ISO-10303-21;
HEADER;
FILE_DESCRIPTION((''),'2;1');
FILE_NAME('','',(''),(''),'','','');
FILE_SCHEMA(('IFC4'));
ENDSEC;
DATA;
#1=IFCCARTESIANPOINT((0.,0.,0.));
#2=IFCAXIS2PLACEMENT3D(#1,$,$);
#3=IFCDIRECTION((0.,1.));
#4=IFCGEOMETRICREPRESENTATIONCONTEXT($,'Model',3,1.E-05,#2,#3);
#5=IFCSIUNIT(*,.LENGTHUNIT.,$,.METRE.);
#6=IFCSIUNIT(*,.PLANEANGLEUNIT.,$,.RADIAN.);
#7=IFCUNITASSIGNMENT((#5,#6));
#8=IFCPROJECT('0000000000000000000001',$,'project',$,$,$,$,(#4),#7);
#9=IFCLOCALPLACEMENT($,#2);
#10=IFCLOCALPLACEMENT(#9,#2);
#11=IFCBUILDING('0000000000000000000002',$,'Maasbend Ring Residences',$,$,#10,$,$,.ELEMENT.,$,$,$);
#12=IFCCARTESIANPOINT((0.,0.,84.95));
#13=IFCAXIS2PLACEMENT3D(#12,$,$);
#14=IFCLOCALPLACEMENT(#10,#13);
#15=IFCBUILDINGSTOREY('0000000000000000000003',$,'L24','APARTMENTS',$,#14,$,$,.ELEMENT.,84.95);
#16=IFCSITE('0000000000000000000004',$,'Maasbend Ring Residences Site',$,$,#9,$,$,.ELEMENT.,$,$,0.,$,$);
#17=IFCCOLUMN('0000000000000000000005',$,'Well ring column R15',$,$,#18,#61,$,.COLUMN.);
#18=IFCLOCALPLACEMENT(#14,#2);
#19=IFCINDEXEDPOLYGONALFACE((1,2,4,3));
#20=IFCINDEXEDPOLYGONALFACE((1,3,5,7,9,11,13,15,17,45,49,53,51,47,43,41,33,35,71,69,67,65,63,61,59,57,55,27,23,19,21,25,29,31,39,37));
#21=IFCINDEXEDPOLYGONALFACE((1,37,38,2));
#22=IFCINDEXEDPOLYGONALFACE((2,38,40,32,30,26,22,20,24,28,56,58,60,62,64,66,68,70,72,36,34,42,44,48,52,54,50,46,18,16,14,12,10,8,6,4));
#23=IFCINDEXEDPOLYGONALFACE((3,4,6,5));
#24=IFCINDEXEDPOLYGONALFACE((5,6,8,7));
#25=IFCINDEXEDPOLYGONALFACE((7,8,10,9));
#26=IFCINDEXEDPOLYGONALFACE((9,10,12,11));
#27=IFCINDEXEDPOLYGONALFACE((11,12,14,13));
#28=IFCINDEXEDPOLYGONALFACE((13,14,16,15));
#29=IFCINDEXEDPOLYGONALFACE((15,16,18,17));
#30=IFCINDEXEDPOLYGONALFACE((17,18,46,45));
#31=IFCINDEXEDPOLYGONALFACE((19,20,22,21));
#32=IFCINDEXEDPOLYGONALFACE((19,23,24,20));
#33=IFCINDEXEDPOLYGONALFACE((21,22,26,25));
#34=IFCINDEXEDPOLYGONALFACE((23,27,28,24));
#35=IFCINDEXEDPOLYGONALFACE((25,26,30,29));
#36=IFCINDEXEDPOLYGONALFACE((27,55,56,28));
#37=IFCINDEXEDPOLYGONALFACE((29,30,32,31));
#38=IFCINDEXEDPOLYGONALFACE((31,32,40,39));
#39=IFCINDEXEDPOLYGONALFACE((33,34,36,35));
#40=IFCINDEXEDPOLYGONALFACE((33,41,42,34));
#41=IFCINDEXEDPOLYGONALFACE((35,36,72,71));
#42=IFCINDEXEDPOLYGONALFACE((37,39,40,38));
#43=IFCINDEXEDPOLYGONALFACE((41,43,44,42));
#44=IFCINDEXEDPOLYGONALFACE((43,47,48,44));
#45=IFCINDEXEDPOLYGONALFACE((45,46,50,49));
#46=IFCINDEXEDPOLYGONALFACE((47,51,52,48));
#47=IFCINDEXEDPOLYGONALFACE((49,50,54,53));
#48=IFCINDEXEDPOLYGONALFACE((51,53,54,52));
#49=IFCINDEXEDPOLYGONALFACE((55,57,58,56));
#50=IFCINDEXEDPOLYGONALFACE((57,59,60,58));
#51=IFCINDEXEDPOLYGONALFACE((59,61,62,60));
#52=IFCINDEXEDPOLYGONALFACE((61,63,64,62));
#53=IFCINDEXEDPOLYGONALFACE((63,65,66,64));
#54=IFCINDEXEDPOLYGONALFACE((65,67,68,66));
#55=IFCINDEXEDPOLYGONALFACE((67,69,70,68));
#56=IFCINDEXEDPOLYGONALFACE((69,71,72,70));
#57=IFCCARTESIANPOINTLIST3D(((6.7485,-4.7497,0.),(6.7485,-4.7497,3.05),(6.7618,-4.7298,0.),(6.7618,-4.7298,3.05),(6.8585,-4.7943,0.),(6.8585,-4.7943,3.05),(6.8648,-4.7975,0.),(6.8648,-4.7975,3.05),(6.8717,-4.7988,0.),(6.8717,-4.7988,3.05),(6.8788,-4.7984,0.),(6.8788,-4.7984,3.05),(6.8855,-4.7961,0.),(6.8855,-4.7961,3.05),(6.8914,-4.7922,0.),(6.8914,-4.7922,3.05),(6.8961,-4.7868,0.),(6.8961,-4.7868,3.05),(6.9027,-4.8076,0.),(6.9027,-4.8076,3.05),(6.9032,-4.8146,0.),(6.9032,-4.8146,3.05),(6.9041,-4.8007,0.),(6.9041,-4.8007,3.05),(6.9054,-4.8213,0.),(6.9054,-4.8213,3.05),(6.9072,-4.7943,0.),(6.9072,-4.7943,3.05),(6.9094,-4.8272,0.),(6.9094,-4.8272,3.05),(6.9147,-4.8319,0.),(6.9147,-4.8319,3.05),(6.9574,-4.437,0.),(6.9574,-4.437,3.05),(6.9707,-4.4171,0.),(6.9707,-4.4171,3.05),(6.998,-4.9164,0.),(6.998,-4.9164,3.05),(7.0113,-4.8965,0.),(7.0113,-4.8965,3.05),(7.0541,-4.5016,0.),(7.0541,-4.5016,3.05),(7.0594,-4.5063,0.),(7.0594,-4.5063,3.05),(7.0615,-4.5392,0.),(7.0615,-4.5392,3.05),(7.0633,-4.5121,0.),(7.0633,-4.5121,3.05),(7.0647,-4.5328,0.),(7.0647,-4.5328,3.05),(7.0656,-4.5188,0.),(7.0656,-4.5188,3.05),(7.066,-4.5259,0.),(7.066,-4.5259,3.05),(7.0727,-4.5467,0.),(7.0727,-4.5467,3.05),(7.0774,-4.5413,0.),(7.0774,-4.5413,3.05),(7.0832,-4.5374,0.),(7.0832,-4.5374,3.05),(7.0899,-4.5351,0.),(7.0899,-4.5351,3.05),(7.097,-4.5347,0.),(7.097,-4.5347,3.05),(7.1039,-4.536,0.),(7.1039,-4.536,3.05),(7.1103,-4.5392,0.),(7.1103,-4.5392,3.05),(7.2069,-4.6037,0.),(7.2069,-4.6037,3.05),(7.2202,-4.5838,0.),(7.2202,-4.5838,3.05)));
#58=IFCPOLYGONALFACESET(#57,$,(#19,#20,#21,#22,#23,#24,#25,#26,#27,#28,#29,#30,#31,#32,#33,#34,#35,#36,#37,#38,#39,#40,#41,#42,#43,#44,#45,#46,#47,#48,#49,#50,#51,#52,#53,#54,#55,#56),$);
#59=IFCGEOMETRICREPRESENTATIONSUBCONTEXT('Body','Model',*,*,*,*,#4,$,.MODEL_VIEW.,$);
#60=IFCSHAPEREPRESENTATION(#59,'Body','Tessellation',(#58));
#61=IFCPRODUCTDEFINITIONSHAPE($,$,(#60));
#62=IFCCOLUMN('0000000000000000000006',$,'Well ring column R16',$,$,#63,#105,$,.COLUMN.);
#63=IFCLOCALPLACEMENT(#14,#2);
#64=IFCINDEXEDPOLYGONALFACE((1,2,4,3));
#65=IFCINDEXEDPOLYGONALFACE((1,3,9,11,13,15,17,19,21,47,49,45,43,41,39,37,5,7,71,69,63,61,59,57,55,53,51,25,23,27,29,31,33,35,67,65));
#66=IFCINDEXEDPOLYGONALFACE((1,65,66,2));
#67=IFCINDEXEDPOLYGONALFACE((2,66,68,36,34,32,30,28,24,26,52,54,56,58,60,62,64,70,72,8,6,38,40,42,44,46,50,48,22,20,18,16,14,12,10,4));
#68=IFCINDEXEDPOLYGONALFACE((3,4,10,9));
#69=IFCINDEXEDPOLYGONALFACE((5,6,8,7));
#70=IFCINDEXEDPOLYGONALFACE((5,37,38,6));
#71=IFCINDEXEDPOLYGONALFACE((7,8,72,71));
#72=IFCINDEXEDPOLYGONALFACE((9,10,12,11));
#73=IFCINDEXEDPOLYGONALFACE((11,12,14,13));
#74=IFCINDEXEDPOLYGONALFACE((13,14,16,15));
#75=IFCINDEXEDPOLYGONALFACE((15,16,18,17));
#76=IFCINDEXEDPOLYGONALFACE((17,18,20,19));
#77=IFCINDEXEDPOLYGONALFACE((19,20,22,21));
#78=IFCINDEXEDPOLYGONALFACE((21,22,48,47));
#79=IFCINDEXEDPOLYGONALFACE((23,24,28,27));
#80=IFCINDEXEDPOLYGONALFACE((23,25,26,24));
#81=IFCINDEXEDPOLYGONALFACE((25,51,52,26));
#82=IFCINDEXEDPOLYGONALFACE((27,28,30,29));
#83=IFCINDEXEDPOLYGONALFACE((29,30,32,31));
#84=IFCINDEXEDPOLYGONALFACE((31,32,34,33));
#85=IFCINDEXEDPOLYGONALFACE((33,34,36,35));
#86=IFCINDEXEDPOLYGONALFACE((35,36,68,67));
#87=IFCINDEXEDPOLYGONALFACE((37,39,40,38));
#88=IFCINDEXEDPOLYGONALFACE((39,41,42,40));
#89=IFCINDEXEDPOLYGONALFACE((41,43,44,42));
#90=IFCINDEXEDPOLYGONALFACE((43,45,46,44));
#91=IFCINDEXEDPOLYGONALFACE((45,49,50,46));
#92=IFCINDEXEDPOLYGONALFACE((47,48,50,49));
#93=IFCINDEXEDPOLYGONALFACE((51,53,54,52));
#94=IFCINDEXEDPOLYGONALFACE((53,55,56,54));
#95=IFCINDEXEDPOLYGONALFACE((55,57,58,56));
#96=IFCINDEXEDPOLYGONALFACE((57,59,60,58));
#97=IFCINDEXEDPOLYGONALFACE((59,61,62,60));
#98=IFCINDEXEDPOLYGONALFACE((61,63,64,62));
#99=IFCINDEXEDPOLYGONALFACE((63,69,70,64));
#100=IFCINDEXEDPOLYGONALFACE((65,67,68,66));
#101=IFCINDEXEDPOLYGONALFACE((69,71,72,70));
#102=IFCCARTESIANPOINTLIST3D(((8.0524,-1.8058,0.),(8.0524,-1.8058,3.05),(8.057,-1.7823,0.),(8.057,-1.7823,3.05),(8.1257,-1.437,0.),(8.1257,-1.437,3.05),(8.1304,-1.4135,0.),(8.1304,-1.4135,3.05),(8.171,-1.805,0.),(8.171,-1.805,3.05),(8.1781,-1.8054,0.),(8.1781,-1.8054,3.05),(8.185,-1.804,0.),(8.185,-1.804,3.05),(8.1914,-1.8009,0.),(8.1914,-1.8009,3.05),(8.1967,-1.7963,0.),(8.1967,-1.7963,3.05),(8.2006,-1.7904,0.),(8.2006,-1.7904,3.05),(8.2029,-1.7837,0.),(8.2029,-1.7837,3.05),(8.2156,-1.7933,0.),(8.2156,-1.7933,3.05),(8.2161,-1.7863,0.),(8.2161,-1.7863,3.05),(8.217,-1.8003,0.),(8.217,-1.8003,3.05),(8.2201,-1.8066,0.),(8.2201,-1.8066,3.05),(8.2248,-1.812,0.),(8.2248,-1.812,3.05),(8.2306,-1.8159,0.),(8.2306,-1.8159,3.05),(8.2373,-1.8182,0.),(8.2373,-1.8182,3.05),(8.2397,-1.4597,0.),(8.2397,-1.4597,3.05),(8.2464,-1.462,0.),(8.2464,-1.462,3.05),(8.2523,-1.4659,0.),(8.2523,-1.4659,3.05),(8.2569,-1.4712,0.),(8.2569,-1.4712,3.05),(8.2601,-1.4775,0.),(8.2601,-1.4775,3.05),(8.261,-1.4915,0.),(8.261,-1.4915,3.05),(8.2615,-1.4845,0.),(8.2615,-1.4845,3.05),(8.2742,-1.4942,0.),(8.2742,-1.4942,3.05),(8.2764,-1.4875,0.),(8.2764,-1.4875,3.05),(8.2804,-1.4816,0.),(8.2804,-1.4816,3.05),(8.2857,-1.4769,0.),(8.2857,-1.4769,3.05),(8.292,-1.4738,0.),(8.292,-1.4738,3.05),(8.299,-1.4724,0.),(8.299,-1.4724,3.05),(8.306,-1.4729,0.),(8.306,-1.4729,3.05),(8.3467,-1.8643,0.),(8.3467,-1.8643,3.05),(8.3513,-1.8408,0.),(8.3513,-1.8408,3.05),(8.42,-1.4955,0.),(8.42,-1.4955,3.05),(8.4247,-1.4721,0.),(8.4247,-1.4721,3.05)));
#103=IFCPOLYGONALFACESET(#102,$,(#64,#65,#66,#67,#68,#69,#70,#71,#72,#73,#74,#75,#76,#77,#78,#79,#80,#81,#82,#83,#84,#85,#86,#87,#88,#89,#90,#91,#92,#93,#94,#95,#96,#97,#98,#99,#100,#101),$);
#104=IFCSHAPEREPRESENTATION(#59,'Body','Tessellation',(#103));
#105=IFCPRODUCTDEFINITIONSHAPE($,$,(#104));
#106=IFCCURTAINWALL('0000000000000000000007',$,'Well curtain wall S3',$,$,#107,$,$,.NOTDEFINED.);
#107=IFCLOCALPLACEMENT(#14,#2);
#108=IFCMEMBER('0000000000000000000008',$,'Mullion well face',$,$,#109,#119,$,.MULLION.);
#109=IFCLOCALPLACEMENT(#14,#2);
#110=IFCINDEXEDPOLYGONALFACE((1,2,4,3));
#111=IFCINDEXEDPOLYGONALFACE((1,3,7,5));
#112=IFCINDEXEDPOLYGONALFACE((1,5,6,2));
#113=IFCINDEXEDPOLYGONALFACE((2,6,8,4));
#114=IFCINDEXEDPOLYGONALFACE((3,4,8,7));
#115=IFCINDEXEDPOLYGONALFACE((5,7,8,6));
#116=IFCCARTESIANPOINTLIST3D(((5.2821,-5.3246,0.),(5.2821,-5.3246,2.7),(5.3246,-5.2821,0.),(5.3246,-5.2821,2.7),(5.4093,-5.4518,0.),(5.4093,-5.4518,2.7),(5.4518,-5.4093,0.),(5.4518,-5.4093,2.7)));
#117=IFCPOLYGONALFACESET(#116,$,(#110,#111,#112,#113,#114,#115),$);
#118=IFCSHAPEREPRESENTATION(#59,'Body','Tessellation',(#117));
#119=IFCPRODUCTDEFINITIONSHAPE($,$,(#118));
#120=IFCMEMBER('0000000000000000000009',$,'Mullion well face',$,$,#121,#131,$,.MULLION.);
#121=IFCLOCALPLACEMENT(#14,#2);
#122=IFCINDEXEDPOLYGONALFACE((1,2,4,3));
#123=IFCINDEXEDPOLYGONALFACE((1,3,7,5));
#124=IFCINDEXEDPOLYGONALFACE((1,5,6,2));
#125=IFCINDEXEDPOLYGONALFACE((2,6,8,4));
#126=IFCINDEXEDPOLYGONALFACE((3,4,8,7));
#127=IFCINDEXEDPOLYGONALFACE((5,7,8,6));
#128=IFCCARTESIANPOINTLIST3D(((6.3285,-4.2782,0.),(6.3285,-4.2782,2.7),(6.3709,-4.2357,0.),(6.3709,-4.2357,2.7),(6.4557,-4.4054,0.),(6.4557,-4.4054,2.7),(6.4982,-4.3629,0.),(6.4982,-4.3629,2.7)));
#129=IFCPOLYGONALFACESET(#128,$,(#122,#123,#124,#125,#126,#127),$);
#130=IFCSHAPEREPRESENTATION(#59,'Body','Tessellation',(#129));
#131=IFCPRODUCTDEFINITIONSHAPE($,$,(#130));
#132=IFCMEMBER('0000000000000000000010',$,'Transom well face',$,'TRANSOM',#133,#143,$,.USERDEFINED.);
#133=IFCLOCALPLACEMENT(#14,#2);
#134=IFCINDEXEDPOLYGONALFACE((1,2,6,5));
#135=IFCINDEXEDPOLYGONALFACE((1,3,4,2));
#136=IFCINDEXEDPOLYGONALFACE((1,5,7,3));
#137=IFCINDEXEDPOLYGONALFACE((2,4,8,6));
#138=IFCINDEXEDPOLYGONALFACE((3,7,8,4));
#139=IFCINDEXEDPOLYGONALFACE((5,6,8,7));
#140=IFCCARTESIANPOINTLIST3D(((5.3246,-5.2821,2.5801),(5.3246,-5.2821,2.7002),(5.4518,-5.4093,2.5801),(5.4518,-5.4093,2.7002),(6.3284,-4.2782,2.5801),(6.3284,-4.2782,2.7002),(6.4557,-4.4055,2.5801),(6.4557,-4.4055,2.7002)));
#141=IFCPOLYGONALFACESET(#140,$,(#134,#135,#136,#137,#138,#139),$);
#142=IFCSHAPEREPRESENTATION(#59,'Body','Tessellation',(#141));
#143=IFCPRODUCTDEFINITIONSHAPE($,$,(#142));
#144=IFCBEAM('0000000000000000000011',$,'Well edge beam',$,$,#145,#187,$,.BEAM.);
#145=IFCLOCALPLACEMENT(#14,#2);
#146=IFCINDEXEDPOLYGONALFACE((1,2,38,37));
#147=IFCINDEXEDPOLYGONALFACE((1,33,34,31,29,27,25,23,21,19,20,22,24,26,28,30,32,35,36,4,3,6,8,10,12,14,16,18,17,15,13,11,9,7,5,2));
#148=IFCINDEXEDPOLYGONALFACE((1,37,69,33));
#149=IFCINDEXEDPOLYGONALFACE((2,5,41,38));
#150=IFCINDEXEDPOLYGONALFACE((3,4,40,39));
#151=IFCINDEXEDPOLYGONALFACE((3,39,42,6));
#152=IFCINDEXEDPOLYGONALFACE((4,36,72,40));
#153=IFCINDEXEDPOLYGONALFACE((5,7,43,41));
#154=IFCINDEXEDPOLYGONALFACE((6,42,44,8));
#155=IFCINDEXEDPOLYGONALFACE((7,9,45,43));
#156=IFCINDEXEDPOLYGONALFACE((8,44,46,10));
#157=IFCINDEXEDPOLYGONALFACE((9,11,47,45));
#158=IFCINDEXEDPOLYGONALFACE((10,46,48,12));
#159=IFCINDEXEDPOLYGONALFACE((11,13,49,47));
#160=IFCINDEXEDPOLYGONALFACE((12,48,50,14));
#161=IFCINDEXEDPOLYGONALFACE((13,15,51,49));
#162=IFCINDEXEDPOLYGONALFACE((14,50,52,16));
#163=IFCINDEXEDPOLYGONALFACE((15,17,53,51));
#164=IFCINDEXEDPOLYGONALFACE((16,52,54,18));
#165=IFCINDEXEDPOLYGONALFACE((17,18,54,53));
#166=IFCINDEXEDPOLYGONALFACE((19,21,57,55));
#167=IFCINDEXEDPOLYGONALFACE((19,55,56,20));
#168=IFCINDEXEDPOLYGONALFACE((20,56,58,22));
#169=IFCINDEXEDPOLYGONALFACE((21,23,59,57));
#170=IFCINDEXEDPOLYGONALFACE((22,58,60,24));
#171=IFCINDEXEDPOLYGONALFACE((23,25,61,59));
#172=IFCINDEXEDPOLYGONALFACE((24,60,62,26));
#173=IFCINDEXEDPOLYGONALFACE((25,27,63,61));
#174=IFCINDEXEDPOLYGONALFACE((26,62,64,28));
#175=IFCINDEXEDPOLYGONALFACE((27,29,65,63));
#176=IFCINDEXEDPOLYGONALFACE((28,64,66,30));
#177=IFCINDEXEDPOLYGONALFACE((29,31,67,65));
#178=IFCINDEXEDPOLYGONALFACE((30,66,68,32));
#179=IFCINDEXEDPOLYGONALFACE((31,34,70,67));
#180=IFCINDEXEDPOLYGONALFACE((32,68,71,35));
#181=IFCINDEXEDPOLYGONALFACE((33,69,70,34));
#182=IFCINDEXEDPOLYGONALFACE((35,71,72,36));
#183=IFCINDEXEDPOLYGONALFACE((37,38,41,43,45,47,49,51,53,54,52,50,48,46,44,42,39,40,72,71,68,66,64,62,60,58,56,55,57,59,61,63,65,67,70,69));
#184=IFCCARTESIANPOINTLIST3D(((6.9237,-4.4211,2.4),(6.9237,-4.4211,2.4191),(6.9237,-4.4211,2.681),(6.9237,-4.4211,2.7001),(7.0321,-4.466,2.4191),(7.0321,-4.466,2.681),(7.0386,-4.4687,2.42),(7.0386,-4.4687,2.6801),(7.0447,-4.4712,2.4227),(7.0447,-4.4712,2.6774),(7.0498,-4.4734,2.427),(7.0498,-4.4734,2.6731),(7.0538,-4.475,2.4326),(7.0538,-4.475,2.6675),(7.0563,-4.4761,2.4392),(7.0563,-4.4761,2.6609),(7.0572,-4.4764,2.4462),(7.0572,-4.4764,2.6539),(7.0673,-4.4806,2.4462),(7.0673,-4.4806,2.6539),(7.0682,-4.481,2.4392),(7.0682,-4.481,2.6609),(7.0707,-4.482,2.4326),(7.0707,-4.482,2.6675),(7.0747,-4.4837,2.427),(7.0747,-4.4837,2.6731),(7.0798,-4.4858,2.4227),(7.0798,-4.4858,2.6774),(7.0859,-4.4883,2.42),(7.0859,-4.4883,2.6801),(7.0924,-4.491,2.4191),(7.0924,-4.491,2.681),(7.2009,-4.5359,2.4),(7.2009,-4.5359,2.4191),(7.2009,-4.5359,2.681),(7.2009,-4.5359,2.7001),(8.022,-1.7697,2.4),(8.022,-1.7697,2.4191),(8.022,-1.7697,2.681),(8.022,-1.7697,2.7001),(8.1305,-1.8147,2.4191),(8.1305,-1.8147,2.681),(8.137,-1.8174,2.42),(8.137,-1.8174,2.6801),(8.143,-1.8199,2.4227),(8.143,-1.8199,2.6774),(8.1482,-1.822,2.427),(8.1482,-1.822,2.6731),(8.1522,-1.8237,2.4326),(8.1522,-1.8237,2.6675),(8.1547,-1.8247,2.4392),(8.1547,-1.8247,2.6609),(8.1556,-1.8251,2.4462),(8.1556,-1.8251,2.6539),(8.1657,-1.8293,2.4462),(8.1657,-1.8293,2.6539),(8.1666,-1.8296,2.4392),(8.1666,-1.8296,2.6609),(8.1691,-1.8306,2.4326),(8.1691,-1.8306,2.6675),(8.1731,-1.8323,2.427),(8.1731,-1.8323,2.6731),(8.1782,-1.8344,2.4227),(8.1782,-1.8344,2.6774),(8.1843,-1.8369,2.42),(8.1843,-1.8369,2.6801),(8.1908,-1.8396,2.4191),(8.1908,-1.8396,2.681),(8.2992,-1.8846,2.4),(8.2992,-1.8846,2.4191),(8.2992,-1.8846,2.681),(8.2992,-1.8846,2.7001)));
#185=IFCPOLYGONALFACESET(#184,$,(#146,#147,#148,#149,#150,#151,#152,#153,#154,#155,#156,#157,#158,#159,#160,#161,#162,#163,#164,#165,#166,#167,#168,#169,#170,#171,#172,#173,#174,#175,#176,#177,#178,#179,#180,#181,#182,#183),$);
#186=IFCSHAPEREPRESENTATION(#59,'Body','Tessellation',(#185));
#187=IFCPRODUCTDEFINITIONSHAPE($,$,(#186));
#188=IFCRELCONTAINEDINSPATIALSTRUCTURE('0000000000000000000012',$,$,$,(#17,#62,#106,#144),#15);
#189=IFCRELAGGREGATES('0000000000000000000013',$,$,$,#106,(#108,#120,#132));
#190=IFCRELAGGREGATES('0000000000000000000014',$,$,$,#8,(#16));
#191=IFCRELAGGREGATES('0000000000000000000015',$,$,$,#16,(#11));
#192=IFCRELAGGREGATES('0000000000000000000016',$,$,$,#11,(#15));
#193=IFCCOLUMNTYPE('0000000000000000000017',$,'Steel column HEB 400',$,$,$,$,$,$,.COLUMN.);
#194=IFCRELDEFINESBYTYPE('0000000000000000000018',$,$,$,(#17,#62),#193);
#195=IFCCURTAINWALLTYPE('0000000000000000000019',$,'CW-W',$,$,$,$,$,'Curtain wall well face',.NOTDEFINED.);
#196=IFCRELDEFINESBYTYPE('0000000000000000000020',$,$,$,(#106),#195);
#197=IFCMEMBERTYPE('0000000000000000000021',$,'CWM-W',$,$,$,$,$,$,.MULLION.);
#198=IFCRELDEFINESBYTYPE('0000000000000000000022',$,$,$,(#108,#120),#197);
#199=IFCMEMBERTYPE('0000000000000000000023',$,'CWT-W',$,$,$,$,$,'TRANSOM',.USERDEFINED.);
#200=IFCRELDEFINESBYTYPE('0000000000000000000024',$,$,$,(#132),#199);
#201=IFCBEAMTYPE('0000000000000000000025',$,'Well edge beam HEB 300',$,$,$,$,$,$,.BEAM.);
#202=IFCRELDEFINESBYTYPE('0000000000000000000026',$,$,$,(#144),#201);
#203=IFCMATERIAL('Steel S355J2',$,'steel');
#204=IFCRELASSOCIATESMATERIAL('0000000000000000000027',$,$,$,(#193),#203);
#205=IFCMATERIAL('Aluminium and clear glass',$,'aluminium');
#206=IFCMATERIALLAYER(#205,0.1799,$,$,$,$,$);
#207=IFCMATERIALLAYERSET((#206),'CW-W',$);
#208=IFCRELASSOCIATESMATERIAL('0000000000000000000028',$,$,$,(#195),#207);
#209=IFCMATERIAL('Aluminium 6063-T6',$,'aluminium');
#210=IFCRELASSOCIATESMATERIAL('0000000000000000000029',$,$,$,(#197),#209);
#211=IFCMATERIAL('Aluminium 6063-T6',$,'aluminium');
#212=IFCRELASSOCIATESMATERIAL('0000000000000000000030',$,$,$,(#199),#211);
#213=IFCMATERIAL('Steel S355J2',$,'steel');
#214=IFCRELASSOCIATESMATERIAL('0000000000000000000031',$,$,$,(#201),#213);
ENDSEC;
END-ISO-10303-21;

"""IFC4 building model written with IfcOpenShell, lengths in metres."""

from ifc_helpers import new_model, si_unit, direction, frame, origin, origin_2d, place, context, subcontext, project, spatial, rectangle, i_section, extrude, material, layer, layer_set, material_profile, profile_set, type_object, element, aggregate, save


model = new_model("IFC4")

# Units and contexts
model_context = context("Model", 3, precision=1e-05, world=origin(), true_north=direction((0.0, 1.0)))
body_context = subcontext(model_context, "Body", "Model", "MODEL_VIEW")
ifc_project = project(units=[si_unit("LENGTHUNIT", "METRE"), si_unit("PLANEANGLEUNIT", "RADIAN")], contexts=[model_context])

# Site, building, storey
site_placement = place(None, origin())
site = spatial("IfcSite", under=ifc_project, at=site_placement, Name="Maasbend Ring Residences Site", CompositionType="ELEMENT", RefElevation=0.0)
building_placement = place(site_placement, origin())
building = spatial("IfcBuilding", under=site, at=building_placement, Name="Maasbend Ring Residences", CompositionType="ELEMENT")
storey_placement = place(building_placement, frame((0.0, 0.0, 84.95)))
storey = spatial("IfcBuildingStorey", under=building, at=storey_placement, Name="L24", Description="APARTMENTS", CompositionType="ELEMENT", Elevation=84.95)

# Columns
ifc_material_1 = material(Name="Steel S355J2", Category="steel")
ifc_material_profile_1 = material_profile(ifc_material_1, i_section(OverallWidth=0.3, OverallDepth=0.3999, WebThickness=0.0134, FlangeThickness=0.0239, FilletRadius=0.0271, at=origin_2d()), Name="HEB 400")
ifc_profile_set_1 = profile_set([ifc_material_profile_1], Name="Steel S355J2")
column_type = type_object("IfcColumnType", Name="Steel column HEB 400", PredefinedType="COLUMN", material=ifc_profile_set_1)
for number, where, z_axis, x_axis, name in (
    (1, (6.9844, -4.6667, 0.0), (0.0, 0.0, 1.0), (0.83147, -0.55557, 0.0), "Well ring column R15"),
    (2, (8.2385, -1.6389, 0.0), (0.0, 0.0, 1.0), (0.980785, -0.19509, 0.0), "Well ring column R16"),
):
    element("IfcColumn", number, at=place(storey_placement, frame(where, z_axis=z_axis, x_axis=x_axis)), inside=storey, type_object=column_type, Name=name, PredefinedType="COLUMN", context=body_context, shape_type="SweptSolid", body=[
        extrude(i_section(OverallWidth=0.3, OverallDepth=0.3999, WebThickness=0.0134, FlangeThickness=0.0239, FilletRadius=0.0271, at=origin_2d()), origin(), (0.0, 0.0, 1.0), 3.05),
    ])

# Curtain wall, members
ifc_material_2 = material(Name="Aluminium and clear glass", Category="aluminium")
ifc_layer_1 = layer(ifc_material_2, 0.1799)
ifc_layer_set_1 = layer_set([ifc_layer_1], Name="CW-W")
curtain_wall_type = type_object("IfcCurtainWallType", Name="CW-W", ElementType="Curtain wall well face", PredefinedType="NOTDEFINED", material=ifc_layer_set_1)
curtain_wall_placement = place(storey_placement, origin())
curtain_wall = element("IfcCurtainWall", 3, at=curtain_wall_placement, inside=storey, type_object=curtain_wall_type, Name="Well curtain wall S3", PredefinedType="NOTDEFINED")
ifc_material_3 = material(Name="Aluminium 6063-T6", Category="aluminium")
ifc_material_profile_2 = material_profile(ifc_material_3, rectangle(XDim=0.1799, YDim=0.0601, at=origin_2d()), Name="AL 180x60")
ifc_profile_set_2 = profile_set([ifc_material_profile_2], Name="Aluminium 6063-T6")
member_type_1 = type_object("IfcMemberType", Name="CWM-W", PredefinedType="MULLION", material=ifc_profile_set_2)
member_1_placement = place(storey_placement, frame((5.3669, -5.3669, 0.0), z_axis=(0.0, 0.0, 1.0), x_axis=(-0.707107, 0.707107, 0.0)))
member_1 = element("IfcMember", 4, at=member_1_placement, type_object=member_type_1, Name="Mullion well face", PredefinedType="MULLION", context=body_context, shape_type="SweptSolid", body=[
    extrude(rectangle(XDim=0.1799, YDim=0.0601, at=origin_2d()), origin(), (0.0, 0.0, 1.0), 2.7),
])
member_2_placement = place(storey_placement, frame((6.4133, -4.3206, 0.0), z_axis=(0.0, 0.0, 1.0), x_axis=(-0.707107, 0.707107, 0.0)))
member_2 = element("IfcMember", 5, at=member_2_placement, type_object=member_type_1, Name="Mullion well face", PredefinedType="MULLION", context=body_context, shape_type="SweptSolid", body=[
    extrude(rectangle(XDim=0.1799, YDim=0.0601, at=origin_2d()), origin(), (0.0, 0.0, 1.0), 2.7),
])
ifc_material_4 = material(Name="Aluminium 6063-T6", Category="aluminium")
ifc_material_profile_3 = material_profile(ifc_material_4, rectangle(XDim=0.1799, YDim=0.1201, at=origin_2d()), Name="AL 180x120")
ifc_profile_set_3 = profile_set([ifc_material_profile_3], Name="Aluminium 6063-T6")
member_type_2 = type_object("IfcMemberType", Name="CWT-W", ElementType="TRANSOM", PredefinedType="USERDEFINED", material=ifc_profile_set_3)
member_3_placement = place(storey_placement, frame((5.3882, -5.3457, 2.6401), z_axis=(0.707107, 0.707107, 0.0), x_axis=(-0.707107, 0.707107, 0.0)))
member_3 = element("IfcMember", 6, at=member_3_placement, type_object=member_type_2, Name="Transom well face", ObjectType="TRANSOM", PredefinedType="USERDEFINED", context=body_context, shape_type="SweptSolid", body=[
    extrude(rectangle(XDim=0.1799, YDim=0.1201, at=origin_2d()), origin(), (0.0, 0.0, 1.0), 1.4197),
])

# Beam
ifc_material_5 = material(Name="Steel S355J2", Category="steel")
ifc_material_profile_4 = material_profile(ifc_material_5, i_section(OverallWidth=0.3, OverallDepth=0.3, WebThickness=0.011, FlangeThickness=0.019, FilletRadius=0.0271, at=origin_2d()), Name="HEB 300")
ifc_profile_set_4 = profile_set([ifc_material_profile_4], Name="Steel S355J2")
beam_type = type_object("IfcBeamType", Name="Well edge beam HEB 300", PredefinedType="BEAM", material=ifc_profile_set_4)
beam_1_placement = place(storey_placement, frame((7.0623, -4.4785, 2.55), z_axis=(0.38273, 0.92386, 0.0), x_axis=(-0.92386, 0.38273, 0.0)))
element("IfcBeam", 7, at=beam_1_placement, inside=storey, type_object=beam_type, Name="Well edge beam", PredefinedType="BEAM", context=body_context, shape_type="SweptSolid", body=[
    extrude(i_section(OverallWidth=0.3, OverallDepth=0.3, WebThickness=0.011, FlangeThickness=0.019, FilletRadius=0.0271, at=origin_2d()), origin(), (0.0, 0.0, 1.0), 2.8699),
])

aggregate(curtain_wall, [member_1, member_2, member_3])

save(model, "model.ifc")
